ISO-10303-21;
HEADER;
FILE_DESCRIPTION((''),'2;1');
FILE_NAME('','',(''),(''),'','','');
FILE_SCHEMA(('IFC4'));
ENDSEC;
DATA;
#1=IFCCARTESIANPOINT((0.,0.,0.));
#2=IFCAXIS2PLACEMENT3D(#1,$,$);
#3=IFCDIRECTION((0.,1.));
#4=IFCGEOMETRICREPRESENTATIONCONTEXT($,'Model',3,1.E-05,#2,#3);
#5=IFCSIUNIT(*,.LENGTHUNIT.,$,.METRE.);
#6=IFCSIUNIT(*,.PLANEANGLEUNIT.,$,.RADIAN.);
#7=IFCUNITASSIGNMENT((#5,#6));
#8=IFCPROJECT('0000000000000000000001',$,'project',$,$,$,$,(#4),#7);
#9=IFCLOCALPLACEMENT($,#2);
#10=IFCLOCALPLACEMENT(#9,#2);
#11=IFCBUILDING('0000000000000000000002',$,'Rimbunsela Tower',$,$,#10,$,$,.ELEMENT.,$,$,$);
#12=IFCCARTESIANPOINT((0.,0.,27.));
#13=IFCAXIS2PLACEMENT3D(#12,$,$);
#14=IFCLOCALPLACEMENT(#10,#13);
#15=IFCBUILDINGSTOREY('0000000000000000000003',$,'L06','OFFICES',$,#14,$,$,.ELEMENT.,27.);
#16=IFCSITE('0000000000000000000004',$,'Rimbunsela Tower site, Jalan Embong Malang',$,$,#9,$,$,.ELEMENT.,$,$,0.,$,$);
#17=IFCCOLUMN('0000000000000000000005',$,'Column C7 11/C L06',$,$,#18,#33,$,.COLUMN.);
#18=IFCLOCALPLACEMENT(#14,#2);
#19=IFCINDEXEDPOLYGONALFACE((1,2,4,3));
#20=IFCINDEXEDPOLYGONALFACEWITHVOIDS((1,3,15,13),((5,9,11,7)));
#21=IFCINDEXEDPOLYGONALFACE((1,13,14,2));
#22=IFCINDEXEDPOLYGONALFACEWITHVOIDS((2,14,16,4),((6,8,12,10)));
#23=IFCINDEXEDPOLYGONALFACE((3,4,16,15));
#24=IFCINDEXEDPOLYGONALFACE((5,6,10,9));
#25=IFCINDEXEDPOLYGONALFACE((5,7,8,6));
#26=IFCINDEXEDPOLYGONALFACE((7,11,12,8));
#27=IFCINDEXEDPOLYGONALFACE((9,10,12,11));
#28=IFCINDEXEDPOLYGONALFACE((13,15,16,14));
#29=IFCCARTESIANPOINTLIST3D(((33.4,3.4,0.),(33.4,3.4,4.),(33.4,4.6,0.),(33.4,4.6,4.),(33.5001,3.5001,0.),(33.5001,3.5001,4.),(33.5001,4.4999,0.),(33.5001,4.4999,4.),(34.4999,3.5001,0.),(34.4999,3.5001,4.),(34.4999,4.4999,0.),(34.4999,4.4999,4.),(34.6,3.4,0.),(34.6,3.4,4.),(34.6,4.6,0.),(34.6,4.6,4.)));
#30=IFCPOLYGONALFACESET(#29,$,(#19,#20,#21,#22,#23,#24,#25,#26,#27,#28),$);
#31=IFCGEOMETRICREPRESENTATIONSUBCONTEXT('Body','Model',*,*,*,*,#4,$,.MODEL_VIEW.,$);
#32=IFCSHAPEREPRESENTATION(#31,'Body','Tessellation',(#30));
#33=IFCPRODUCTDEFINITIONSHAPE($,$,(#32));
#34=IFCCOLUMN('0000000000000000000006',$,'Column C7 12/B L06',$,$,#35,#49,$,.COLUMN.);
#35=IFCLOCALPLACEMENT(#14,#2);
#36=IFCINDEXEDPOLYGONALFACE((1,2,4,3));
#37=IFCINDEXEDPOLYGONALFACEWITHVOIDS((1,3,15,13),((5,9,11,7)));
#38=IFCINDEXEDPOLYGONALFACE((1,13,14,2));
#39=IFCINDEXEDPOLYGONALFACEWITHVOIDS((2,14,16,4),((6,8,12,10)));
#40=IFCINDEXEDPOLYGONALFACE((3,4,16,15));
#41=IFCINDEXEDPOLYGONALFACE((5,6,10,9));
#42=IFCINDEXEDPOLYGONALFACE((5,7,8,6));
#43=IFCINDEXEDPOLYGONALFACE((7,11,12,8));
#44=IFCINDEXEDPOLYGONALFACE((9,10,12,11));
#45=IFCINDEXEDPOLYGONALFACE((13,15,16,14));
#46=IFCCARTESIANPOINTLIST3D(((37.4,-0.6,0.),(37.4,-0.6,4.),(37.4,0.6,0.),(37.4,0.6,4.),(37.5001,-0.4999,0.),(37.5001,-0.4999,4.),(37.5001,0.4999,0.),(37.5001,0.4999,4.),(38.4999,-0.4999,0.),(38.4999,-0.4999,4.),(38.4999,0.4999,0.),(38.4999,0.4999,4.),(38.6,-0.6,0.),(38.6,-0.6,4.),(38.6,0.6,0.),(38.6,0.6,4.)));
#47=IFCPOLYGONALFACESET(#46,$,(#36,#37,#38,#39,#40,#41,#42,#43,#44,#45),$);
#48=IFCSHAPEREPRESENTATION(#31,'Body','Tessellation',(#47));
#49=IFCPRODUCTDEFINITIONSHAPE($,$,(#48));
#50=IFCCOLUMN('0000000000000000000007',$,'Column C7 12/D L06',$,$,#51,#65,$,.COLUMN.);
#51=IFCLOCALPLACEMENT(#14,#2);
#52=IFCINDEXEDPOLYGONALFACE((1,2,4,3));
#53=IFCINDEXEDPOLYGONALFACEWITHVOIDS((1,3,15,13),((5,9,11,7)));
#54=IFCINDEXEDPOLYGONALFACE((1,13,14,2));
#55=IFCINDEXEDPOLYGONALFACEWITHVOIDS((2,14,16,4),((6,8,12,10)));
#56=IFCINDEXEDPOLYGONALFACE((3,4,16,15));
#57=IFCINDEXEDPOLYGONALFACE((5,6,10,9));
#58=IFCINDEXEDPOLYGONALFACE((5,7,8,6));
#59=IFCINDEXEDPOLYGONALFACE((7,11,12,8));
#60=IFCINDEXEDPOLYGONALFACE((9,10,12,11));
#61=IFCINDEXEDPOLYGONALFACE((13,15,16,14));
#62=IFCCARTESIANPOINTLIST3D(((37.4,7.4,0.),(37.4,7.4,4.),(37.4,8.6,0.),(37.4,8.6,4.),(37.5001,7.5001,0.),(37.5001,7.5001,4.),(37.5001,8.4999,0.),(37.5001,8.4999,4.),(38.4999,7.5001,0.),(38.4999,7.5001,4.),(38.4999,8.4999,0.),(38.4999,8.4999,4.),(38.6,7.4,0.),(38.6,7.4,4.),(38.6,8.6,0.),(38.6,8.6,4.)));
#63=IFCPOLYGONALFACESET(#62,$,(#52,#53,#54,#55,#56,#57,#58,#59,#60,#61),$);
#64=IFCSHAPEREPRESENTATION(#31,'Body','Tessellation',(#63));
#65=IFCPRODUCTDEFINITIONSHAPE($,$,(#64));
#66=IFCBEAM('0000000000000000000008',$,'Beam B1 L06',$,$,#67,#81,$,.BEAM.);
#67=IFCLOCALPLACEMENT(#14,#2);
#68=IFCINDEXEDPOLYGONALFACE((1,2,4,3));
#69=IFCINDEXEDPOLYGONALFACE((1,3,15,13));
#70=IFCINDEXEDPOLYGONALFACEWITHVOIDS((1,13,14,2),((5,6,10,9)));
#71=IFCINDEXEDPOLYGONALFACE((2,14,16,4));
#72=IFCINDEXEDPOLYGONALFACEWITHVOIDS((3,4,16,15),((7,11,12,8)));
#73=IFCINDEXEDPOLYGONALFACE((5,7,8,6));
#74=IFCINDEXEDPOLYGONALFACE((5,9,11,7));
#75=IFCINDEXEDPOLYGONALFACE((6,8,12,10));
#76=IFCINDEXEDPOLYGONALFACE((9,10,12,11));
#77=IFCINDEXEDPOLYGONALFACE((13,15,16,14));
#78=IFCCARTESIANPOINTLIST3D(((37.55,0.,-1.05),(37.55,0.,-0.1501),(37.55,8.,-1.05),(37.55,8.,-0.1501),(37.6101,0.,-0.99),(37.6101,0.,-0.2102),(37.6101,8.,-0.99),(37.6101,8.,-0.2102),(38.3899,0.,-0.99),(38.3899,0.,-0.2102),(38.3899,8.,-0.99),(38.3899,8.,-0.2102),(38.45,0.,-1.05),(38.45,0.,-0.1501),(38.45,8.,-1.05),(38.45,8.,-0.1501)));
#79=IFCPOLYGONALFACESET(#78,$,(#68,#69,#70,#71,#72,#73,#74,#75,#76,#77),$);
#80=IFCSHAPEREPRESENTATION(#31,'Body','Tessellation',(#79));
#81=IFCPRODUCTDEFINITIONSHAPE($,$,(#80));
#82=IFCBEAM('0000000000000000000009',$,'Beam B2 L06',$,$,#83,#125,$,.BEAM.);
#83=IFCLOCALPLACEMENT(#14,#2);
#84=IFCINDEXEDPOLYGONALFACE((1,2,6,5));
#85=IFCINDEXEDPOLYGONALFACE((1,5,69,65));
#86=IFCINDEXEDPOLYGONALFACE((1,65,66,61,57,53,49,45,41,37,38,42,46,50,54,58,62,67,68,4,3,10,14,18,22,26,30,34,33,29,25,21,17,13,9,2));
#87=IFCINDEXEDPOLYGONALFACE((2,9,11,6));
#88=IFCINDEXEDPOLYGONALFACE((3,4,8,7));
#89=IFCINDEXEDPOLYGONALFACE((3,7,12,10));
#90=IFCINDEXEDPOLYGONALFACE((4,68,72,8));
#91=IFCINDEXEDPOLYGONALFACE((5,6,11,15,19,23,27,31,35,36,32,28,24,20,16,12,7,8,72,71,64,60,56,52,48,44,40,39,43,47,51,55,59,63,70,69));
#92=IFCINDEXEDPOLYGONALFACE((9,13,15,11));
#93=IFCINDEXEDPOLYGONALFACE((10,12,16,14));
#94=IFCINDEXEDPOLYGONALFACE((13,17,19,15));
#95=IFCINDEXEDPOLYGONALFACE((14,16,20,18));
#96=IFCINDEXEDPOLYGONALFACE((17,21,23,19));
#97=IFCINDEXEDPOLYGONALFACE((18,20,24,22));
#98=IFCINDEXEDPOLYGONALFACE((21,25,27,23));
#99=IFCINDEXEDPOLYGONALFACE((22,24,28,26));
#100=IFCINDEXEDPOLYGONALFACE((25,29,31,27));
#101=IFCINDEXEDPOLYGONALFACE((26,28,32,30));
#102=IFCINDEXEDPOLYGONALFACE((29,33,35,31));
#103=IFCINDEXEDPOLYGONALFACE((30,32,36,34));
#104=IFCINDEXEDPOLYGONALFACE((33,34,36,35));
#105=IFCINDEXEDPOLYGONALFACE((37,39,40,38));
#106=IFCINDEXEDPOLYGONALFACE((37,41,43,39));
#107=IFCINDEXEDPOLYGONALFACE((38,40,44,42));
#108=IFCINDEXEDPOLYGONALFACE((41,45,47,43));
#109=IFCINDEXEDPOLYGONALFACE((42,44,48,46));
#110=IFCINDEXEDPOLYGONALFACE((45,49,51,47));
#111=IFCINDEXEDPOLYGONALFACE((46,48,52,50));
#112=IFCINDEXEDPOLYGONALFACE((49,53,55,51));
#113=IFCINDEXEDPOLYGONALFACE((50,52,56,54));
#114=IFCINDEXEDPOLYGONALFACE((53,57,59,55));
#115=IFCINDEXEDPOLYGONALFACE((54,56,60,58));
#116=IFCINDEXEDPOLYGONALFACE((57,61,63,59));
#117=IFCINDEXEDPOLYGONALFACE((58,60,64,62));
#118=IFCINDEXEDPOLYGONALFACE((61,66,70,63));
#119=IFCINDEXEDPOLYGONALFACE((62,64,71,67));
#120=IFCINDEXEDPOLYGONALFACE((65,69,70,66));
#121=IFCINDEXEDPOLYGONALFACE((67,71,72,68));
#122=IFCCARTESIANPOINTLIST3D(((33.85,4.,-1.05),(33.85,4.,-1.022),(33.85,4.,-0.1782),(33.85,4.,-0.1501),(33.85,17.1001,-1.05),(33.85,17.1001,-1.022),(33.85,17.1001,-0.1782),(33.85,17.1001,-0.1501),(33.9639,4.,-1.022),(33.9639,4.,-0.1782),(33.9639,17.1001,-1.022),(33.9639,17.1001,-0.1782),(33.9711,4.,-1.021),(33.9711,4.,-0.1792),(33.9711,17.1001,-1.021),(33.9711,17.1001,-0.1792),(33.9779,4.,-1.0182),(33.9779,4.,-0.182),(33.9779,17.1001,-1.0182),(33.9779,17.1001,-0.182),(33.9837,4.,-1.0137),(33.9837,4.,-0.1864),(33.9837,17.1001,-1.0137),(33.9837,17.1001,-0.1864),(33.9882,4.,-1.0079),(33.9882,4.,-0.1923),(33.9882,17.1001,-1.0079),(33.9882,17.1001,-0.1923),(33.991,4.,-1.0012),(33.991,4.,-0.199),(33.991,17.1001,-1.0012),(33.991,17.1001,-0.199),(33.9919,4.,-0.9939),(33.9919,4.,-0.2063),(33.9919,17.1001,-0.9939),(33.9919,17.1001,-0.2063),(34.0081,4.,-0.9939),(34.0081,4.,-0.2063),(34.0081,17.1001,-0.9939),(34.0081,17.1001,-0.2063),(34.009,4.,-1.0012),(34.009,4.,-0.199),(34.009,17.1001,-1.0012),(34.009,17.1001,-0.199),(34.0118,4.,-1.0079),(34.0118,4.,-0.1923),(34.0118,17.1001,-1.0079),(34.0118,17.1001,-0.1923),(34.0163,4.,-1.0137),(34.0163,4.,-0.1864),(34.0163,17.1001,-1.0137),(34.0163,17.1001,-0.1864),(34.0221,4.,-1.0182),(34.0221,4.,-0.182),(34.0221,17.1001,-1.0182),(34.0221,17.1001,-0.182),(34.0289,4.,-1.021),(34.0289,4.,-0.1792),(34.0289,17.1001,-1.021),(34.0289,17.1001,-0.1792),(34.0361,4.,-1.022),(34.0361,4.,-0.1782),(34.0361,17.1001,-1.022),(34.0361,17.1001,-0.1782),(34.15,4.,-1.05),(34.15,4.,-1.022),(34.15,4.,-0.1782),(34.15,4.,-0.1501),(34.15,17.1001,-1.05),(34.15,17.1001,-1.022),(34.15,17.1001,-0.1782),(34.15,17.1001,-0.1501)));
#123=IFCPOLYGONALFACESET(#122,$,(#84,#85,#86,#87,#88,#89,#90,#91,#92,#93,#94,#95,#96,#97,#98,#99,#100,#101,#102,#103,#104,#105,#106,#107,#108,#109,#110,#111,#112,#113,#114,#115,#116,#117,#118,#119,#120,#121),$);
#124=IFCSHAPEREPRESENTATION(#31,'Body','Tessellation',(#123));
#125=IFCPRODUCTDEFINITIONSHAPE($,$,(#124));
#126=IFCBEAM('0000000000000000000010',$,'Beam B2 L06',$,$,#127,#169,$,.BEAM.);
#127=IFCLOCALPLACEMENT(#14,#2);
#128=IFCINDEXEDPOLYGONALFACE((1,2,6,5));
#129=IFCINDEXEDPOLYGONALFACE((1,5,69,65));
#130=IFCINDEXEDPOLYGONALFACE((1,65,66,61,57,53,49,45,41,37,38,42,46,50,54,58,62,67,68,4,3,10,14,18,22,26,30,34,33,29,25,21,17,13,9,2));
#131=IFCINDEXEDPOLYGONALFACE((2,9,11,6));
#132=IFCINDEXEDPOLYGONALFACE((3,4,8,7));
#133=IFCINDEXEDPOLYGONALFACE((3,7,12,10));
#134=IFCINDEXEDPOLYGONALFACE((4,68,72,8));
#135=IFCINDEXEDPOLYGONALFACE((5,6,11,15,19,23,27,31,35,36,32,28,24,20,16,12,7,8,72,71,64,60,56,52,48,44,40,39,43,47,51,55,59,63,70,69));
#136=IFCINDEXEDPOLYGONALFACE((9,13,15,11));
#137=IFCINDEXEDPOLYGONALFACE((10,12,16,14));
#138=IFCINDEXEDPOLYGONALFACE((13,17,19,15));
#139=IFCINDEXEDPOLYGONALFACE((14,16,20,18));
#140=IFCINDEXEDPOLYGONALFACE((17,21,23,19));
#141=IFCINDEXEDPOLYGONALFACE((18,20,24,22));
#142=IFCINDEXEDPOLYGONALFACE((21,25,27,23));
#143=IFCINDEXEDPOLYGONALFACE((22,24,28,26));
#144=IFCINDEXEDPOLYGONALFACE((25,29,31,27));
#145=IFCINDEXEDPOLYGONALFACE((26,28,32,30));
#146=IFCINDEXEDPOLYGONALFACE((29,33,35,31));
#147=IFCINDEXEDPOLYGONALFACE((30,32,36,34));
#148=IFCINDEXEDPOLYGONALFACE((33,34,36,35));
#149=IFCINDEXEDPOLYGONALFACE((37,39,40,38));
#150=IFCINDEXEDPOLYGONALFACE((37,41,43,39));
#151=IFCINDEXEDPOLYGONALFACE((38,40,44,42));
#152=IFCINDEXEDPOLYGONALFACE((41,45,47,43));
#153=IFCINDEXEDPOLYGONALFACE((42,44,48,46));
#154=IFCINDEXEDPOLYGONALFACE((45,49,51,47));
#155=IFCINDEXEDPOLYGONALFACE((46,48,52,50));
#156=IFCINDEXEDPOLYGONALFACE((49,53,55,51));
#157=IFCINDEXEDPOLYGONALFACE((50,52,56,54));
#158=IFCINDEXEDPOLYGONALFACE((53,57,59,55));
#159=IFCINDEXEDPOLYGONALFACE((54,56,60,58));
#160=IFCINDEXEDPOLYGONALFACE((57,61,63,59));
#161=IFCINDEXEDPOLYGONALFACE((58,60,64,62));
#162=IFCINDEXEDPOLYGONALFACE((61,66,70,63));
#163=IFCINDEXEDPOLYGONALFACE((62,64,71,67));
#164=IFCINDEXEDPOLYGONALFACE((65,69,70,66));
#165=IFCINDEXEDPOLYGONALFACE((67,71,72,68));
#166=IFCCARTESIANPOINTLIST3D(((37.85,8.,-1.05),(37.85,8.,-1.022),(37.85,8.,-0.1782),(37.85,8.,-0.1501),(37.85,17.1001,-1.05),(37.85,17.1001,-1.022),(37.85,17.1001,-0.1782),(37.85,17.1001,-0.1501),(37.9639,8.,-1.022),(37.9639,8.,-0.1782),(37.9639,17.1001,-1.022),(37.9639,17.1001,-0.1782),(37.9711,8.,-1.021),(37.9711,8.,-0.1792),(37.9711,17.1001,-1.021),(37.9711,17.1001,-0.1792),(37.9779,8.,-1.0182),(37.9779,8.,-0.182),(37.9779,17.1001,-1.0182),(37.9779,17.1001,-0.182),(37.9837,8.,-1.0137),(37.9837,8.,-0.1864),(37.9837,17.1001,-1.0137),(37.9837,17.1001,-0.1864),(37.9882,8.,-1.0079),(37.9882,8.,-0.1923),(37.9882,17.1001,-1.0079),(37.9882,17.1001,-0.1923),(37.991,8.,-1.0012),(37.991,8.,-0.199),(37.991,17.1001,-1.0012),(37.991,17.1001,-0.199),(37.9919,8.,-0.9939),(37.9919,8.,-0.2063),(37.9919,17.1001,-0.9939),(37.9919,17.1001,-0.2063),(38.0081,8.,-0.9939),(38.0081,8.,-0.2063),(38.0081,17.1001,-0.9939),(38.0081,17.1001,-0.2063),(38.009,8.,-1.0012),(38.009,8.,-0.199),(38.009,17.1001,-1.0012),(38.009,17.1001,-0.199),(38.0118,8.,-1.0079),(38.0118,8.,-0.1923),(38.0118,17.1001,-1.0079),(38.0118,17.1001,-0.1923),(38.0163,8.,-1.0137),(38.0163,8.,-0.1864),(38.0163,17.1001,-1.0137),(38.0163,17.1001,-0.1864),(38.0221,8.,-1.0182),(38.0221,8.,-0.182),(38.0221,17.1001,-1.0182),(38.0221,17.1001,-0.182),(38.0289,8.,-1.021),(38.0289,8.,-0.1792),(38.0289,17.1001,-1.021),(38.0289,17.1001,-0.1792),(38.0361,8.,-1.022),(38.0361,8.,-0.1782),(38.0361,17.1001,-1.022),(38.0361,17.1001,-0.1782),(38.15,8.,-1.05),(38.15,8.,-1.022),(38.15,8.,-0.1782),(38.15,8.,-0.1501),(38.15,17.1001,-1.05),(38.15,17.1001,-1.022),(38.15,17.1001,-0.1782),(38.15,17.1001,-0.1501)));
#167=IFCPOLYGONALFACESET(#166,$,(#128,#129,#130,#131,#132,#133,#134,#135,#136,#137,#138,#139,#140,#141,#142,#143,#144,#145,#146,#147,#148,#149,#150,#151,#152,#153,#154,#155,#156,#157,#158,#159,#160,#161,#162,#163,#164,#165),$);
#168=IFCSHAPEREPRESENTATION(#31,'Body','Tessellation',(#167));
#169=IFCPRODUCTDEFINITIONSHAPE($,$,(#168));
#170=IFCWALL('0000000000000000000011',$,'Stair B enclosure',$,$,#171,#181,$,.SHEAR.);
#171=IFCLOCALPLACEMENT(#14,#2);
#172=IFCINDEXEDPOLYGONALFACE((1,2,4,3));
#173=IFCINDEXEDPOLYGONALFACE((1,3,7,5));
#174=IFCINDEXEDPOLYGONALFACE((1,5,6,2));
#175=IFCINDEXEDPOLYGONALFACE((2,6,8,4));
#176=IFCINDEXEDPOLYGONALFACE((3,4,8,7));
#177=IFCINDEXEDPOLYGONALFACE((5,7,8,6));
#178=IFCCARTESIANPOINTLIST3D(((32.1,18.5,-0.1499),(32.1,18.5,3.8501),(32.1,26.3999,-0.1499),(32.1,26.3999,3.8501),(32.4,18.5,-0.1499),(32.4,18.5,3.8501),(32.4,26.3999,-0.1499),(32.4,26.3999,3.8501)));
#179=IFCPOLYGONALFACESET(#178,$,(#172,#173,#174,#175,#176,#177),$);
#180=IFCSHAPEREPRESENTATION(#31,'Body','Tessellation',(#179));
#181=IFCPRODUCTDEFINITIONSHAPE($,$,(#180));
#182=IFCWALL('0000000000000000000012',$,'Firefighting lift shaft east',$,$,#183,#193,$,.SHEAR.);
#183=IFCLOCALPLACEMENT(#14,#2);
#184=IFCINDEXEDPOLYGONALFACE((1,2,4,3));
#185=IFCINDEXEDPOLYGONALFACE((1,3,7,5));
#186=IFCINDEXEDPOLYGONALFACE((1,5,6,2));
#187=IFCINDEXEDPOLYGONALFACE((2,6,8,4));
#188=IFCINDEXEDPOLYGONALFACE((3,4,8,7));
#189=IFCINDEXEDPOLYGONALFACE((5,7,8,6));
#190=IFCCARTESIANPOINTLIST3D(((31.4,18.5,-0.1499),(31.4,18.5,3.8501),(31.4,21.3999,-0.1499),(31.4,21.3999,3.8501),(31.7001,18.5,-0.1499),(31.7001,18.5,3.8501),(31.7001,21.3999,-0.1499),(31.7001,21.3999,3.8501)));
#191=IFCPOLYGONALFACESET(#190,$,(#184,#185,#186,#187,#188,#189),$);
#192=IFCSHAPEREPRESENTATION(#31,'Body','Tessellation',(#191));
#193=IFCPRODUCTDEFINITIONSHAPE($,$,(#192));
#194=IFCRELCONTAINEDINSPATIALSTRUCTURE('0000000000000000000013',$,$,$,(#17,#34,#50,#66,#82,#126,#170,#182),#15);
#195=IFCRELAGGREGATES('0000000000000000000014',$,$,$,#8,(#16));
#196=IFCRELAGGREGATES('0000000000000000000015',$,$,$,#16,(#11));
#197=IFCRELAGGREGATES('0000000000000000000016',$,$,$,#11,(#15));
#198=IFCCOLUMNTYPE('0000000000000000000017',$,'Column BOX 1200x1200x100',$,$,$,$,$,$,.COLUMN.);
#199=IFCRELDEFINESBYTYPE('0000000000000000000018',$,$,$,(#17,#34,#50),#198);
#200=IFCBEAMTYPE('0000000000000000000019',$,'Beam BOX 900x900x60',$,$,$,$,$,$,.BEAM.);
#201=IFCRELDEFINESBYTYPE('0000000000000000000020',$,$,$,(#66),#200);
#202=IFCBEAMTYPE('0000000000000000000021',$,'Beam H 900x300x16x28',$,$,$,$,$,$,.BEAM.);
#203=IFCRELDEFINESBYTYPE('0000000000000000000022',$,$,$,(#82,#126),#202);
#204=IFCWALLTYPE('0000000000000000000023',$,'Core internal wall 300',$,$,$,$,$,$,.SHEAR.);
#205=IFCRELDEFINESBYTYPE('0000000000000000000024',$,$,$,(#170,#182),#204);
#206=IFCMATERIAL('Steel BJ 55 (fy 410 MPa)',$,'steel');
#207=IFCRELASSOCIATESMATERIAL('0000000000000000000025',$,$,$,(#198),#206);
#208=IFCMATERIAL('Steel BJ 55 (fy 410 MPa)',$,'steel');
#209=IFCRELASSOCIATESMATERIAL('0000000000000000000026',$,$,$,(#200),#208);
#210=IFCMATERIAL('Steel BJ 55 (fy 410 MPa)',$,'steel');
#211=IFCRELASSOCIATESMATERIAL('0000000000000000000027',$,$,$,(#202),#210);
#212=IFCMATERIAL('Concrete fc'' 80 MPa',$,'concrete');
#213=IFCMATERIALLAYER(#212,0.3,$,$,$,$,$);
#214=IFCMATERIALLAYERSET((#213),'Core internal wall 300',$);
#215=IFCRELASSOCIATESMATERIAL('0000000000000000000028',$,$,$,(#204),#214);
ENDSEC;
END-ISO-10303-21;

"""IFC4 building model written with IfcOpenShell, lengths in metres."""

from ifc_helpers import new_model, si_unit, direction, frame, frame_2d, origin, origin_2d, place, context, subcontext, project, spatial, rectangle, hollow_rectangle, i_section, extrude, material, layer, layer_set, material_profile, profile_set, type_object, element, save


model = new_model("IFC4")

# Units and contexts
model_context = context("Model", 3, precision=1e-05, world=origin(), true_north=direction((0.0, 1.0)))
body_context = subcontext(model_context, "Body", "Model", "MODEL_VIEW")
ifc_project = project(units=[si_unit("LENGTHUNIT", "METRE"), si_unit("PLANEANGLEUNIT", "RADIAN")], contexts=[model_context])

# Site, building, storey
site_placement = place(None, origin())
site = spatial("IfcSite", under=ifc_project, at=site_placement, Name="Rimbunsela Tower site, Jalan Embong Malang", CompositionType="ELEMENT", RefElevation=0.0)
building_placement = place(site_placement, origin())
building = spatial("IfcBuilding", under=site, at=building_placement, Name="Rimbunsela Tower", CompositionType="ELEMENT")
storey_placement = place(building_placement, frame((0.0, 0.0, 27.0)))
storey = spatial("IfcBuildingStorey", under=building, at=storey_placement, Name="L06", Description="OFFICES", CompositionType="ELEMENT", Elevation=27.0)

# Columns
ifc_material_1 = material(Name="Steel BJ 55 (fy 410 MPa)", Category="steel")
ifc_material_profile_1 = material_profile(ifc_material_1, hollow_rectangle(XDim=1.2, YDim=1.2, WallThickness=0.1001, at=origin_2d()), Name="BOX 1200x1200x100")
ifc_profile_set_1 = profile_set([ifc_material_profile_1], Name="Steel BJ 55 (fy 410 MPa)")
column_type = type_object("IfcColumnType", Name="Column BOX 1200x1200x100", PredefinedType="COLUMN", material=ifc_profile_set_1)
for number, where, z_axis, x_axis, name in (
    (1, (34.0, 4.0, 0.0), (0.0, 0.0, 1.0), (1.0, 0.0, 0.0), "Column C7 11/C L06"),
    (2, (38.0, 0.0, 0.0), (0.0, 0.0, 1.0), (1.0, 0.0, 0.0), "Column C7 12/B L06"),
    (3, (38.0, 8.0, 0.0), (0.0, 0.0, 1.0), (1.0, 0.0, 0.0), "Column C7 12/D L06"),
):
    element("IfcColumn", number, at=place(storey_placement, frame(where, z_axis=z_axis, x_axis=x_axis)), inside=storey, type_object=column_type, Name=name, PredefinedType="COLUMN", context=body_context, shape_type="SweptSolid", body=[
        extrude(hollow_rectangle(XDim=1.2, YDim=1.2, WallThickness=0.1001, at=origin_2d()), origin(), (0.0, 0.0, 1.0), 4.0),
    ])

# Beams
ifc_material_2 = material(Name="Steel BJ 55 (fy 410 MPa)", Category="steel")
ifc_material_profile_2 = material_profile(ifc_material_2, hollow_rectangle(XDim=0.8999, YDim=0.8999, WallThickness=0.0601, at=origin_2d()), Name="BOX 900x900x60")
ifc_profile_set_2 = profile_set([ifc_material_profile_2], Name="Steel BJ 55 (fy 410 MPa)")
beam_type_1 = type_object("IfcBeamType", Name="Beam BOX 900x900x60", PredefinedType="BEAM", material=ifc_profile_set_2)
beam_1_placement = place(storey_placement, frame((38.0, 0.0, -0.6001), z_axis=(0.0, 1.0, 0.0), x_axis=(-1.0, 0.0, 0.0)))
element("IfcBeam", 4, at=beam_1_placement, inside=storey, type_object=beam_type_1, Name="Beam B1 L06", PredefinedType="BEAM", context=body_context, shape_type="SweptSolid", body=[
    extrude(hollow_rectangle(XDim=0.8999, YDim=0.8999, WallThickness=0.0601, at=origin_2d()), origin(), (0.0, 0.0, 1.0), 8.0),
])
ifc_material_3 = material(Name="Steel BJ 55 (fy 410 MPa)", Category="steel")
ifc_material_profile_3 = material_profile(ifc_material_3, i_section(OverallWidth=0.3, OverallDepth=0.8999, WebThickness=0.0161, FlangeThickness=0.0281, FilletRadius=0.0281, at=origin_2d()), Name="H 900x300x16x28")
ifc_profile_set_3 = profile_set([ifc_material_profile_3], Name="Steel BJ 55 (fy 410 MPa)")
beam_type_2 = type_object("IfcBeamType", Name="Beam H 900x300x16x28", PredefinedType="BEAM", material=ifc_profile_set_3)
beam_2_placement = place(storey_placement, frame((34.0, 4.0, -0.6001), z_axis=(0.0, 1.0, 0.0), x_axis=(-1.0, 0.0, 0.0)))
element("IfcBeam", 5, at=beam_2_placement, inside=storey, type_object=beam_type_2, Name="Beam B2 L06", PredefinedType="BEAM", context=body_context, shape_type="SweptSolid", body=[
    extrude(i_section(OverallWidth=0.3, OverallDepth=0.8999, WebThickness=0.0161, FlangeThickness=0.0281, FilletRadius=0.0281, at=origin_2d()), origin(), (0.0, 0.0, 1.0), 13.1001),
])
beam_3_placement = place(storey_placement, frame((38.0, 8.0, -0.6001), z_axis=(0.0, 1.0, 0.0), x_axis=(-1.0, 0.0, 0.0)))
element("IfcBeam", 6, at=beam_3_placement, inside=storey, type_object=beam_type_2, Name="Beam B2 L06", PredefinedType="BEAM", context=body_context, shape_type="SweptSolid", body=[
    extrude(i_section(OverallWidth=0.3, OverallDepth=0.8999, WebThickness=0.0161, FlangeThickness=0.0281, FilletRadius=0.0281, at=origin_2d()), origin(), (0.0, 0.0, 1.0), 9.1001),
])

# Walls
ifc_material_4 = material(Name="Concrete fc' 80 MPa", Category="concrete")
ifc_layer_1 = layer(ifc_material_4, 0.3)
ifc_layer_set_1 = layer_set([ifc_layer_1], Name="Core internal wall 300")
wall_type_1 = type_object("IfcWallType", Name="Core internal wall 300", PredefinedType="SHEAR", material=ifc_layer_set_1)
wall_1_placement = place(storey_placement, frame((32.25, 18.5, -0.1499), z_axis=(0.0, 0.0, 1.0), x_axis=(0.0, 1.0, 0.0)))
element("IfcWall", 7, at=wall_1_placement, inside=storey, type_object=wall_type_1, Name="Stair B enclosure", PredefinedType="SHEAR", context=body_context, shape_type="SweptSolid", body=[
    extrude(rectangle(XDim=7.8999, YDim=0.3, at=frame_2d((3.95, 0.0))), origin(), (0.0, 0.0, 1.0), 4.0),
])
wall_2_placement = place(storey_placement, frame((31.55, 18.5, -0.1499), z_axis=(0.0, 0.0, 1.0), x_axis=(0.0, 1.0, 0.0)))
element("IfcWall", 8, at=wall_2_placement, inside=storey, type_object=wall_type_1, Name="Firefighting lift shaft east", PredefinedType="SHEAR", context=body_context, shape_type="SweptSolid", body=[
    extrude(rectangle(XDim=2.8999, YDim=0.3, at=frame_2d((1.45, 0.0))), origin(), (0.0, 0.0, 1.0), 4.0),
])

save(model, "model.ifc")
